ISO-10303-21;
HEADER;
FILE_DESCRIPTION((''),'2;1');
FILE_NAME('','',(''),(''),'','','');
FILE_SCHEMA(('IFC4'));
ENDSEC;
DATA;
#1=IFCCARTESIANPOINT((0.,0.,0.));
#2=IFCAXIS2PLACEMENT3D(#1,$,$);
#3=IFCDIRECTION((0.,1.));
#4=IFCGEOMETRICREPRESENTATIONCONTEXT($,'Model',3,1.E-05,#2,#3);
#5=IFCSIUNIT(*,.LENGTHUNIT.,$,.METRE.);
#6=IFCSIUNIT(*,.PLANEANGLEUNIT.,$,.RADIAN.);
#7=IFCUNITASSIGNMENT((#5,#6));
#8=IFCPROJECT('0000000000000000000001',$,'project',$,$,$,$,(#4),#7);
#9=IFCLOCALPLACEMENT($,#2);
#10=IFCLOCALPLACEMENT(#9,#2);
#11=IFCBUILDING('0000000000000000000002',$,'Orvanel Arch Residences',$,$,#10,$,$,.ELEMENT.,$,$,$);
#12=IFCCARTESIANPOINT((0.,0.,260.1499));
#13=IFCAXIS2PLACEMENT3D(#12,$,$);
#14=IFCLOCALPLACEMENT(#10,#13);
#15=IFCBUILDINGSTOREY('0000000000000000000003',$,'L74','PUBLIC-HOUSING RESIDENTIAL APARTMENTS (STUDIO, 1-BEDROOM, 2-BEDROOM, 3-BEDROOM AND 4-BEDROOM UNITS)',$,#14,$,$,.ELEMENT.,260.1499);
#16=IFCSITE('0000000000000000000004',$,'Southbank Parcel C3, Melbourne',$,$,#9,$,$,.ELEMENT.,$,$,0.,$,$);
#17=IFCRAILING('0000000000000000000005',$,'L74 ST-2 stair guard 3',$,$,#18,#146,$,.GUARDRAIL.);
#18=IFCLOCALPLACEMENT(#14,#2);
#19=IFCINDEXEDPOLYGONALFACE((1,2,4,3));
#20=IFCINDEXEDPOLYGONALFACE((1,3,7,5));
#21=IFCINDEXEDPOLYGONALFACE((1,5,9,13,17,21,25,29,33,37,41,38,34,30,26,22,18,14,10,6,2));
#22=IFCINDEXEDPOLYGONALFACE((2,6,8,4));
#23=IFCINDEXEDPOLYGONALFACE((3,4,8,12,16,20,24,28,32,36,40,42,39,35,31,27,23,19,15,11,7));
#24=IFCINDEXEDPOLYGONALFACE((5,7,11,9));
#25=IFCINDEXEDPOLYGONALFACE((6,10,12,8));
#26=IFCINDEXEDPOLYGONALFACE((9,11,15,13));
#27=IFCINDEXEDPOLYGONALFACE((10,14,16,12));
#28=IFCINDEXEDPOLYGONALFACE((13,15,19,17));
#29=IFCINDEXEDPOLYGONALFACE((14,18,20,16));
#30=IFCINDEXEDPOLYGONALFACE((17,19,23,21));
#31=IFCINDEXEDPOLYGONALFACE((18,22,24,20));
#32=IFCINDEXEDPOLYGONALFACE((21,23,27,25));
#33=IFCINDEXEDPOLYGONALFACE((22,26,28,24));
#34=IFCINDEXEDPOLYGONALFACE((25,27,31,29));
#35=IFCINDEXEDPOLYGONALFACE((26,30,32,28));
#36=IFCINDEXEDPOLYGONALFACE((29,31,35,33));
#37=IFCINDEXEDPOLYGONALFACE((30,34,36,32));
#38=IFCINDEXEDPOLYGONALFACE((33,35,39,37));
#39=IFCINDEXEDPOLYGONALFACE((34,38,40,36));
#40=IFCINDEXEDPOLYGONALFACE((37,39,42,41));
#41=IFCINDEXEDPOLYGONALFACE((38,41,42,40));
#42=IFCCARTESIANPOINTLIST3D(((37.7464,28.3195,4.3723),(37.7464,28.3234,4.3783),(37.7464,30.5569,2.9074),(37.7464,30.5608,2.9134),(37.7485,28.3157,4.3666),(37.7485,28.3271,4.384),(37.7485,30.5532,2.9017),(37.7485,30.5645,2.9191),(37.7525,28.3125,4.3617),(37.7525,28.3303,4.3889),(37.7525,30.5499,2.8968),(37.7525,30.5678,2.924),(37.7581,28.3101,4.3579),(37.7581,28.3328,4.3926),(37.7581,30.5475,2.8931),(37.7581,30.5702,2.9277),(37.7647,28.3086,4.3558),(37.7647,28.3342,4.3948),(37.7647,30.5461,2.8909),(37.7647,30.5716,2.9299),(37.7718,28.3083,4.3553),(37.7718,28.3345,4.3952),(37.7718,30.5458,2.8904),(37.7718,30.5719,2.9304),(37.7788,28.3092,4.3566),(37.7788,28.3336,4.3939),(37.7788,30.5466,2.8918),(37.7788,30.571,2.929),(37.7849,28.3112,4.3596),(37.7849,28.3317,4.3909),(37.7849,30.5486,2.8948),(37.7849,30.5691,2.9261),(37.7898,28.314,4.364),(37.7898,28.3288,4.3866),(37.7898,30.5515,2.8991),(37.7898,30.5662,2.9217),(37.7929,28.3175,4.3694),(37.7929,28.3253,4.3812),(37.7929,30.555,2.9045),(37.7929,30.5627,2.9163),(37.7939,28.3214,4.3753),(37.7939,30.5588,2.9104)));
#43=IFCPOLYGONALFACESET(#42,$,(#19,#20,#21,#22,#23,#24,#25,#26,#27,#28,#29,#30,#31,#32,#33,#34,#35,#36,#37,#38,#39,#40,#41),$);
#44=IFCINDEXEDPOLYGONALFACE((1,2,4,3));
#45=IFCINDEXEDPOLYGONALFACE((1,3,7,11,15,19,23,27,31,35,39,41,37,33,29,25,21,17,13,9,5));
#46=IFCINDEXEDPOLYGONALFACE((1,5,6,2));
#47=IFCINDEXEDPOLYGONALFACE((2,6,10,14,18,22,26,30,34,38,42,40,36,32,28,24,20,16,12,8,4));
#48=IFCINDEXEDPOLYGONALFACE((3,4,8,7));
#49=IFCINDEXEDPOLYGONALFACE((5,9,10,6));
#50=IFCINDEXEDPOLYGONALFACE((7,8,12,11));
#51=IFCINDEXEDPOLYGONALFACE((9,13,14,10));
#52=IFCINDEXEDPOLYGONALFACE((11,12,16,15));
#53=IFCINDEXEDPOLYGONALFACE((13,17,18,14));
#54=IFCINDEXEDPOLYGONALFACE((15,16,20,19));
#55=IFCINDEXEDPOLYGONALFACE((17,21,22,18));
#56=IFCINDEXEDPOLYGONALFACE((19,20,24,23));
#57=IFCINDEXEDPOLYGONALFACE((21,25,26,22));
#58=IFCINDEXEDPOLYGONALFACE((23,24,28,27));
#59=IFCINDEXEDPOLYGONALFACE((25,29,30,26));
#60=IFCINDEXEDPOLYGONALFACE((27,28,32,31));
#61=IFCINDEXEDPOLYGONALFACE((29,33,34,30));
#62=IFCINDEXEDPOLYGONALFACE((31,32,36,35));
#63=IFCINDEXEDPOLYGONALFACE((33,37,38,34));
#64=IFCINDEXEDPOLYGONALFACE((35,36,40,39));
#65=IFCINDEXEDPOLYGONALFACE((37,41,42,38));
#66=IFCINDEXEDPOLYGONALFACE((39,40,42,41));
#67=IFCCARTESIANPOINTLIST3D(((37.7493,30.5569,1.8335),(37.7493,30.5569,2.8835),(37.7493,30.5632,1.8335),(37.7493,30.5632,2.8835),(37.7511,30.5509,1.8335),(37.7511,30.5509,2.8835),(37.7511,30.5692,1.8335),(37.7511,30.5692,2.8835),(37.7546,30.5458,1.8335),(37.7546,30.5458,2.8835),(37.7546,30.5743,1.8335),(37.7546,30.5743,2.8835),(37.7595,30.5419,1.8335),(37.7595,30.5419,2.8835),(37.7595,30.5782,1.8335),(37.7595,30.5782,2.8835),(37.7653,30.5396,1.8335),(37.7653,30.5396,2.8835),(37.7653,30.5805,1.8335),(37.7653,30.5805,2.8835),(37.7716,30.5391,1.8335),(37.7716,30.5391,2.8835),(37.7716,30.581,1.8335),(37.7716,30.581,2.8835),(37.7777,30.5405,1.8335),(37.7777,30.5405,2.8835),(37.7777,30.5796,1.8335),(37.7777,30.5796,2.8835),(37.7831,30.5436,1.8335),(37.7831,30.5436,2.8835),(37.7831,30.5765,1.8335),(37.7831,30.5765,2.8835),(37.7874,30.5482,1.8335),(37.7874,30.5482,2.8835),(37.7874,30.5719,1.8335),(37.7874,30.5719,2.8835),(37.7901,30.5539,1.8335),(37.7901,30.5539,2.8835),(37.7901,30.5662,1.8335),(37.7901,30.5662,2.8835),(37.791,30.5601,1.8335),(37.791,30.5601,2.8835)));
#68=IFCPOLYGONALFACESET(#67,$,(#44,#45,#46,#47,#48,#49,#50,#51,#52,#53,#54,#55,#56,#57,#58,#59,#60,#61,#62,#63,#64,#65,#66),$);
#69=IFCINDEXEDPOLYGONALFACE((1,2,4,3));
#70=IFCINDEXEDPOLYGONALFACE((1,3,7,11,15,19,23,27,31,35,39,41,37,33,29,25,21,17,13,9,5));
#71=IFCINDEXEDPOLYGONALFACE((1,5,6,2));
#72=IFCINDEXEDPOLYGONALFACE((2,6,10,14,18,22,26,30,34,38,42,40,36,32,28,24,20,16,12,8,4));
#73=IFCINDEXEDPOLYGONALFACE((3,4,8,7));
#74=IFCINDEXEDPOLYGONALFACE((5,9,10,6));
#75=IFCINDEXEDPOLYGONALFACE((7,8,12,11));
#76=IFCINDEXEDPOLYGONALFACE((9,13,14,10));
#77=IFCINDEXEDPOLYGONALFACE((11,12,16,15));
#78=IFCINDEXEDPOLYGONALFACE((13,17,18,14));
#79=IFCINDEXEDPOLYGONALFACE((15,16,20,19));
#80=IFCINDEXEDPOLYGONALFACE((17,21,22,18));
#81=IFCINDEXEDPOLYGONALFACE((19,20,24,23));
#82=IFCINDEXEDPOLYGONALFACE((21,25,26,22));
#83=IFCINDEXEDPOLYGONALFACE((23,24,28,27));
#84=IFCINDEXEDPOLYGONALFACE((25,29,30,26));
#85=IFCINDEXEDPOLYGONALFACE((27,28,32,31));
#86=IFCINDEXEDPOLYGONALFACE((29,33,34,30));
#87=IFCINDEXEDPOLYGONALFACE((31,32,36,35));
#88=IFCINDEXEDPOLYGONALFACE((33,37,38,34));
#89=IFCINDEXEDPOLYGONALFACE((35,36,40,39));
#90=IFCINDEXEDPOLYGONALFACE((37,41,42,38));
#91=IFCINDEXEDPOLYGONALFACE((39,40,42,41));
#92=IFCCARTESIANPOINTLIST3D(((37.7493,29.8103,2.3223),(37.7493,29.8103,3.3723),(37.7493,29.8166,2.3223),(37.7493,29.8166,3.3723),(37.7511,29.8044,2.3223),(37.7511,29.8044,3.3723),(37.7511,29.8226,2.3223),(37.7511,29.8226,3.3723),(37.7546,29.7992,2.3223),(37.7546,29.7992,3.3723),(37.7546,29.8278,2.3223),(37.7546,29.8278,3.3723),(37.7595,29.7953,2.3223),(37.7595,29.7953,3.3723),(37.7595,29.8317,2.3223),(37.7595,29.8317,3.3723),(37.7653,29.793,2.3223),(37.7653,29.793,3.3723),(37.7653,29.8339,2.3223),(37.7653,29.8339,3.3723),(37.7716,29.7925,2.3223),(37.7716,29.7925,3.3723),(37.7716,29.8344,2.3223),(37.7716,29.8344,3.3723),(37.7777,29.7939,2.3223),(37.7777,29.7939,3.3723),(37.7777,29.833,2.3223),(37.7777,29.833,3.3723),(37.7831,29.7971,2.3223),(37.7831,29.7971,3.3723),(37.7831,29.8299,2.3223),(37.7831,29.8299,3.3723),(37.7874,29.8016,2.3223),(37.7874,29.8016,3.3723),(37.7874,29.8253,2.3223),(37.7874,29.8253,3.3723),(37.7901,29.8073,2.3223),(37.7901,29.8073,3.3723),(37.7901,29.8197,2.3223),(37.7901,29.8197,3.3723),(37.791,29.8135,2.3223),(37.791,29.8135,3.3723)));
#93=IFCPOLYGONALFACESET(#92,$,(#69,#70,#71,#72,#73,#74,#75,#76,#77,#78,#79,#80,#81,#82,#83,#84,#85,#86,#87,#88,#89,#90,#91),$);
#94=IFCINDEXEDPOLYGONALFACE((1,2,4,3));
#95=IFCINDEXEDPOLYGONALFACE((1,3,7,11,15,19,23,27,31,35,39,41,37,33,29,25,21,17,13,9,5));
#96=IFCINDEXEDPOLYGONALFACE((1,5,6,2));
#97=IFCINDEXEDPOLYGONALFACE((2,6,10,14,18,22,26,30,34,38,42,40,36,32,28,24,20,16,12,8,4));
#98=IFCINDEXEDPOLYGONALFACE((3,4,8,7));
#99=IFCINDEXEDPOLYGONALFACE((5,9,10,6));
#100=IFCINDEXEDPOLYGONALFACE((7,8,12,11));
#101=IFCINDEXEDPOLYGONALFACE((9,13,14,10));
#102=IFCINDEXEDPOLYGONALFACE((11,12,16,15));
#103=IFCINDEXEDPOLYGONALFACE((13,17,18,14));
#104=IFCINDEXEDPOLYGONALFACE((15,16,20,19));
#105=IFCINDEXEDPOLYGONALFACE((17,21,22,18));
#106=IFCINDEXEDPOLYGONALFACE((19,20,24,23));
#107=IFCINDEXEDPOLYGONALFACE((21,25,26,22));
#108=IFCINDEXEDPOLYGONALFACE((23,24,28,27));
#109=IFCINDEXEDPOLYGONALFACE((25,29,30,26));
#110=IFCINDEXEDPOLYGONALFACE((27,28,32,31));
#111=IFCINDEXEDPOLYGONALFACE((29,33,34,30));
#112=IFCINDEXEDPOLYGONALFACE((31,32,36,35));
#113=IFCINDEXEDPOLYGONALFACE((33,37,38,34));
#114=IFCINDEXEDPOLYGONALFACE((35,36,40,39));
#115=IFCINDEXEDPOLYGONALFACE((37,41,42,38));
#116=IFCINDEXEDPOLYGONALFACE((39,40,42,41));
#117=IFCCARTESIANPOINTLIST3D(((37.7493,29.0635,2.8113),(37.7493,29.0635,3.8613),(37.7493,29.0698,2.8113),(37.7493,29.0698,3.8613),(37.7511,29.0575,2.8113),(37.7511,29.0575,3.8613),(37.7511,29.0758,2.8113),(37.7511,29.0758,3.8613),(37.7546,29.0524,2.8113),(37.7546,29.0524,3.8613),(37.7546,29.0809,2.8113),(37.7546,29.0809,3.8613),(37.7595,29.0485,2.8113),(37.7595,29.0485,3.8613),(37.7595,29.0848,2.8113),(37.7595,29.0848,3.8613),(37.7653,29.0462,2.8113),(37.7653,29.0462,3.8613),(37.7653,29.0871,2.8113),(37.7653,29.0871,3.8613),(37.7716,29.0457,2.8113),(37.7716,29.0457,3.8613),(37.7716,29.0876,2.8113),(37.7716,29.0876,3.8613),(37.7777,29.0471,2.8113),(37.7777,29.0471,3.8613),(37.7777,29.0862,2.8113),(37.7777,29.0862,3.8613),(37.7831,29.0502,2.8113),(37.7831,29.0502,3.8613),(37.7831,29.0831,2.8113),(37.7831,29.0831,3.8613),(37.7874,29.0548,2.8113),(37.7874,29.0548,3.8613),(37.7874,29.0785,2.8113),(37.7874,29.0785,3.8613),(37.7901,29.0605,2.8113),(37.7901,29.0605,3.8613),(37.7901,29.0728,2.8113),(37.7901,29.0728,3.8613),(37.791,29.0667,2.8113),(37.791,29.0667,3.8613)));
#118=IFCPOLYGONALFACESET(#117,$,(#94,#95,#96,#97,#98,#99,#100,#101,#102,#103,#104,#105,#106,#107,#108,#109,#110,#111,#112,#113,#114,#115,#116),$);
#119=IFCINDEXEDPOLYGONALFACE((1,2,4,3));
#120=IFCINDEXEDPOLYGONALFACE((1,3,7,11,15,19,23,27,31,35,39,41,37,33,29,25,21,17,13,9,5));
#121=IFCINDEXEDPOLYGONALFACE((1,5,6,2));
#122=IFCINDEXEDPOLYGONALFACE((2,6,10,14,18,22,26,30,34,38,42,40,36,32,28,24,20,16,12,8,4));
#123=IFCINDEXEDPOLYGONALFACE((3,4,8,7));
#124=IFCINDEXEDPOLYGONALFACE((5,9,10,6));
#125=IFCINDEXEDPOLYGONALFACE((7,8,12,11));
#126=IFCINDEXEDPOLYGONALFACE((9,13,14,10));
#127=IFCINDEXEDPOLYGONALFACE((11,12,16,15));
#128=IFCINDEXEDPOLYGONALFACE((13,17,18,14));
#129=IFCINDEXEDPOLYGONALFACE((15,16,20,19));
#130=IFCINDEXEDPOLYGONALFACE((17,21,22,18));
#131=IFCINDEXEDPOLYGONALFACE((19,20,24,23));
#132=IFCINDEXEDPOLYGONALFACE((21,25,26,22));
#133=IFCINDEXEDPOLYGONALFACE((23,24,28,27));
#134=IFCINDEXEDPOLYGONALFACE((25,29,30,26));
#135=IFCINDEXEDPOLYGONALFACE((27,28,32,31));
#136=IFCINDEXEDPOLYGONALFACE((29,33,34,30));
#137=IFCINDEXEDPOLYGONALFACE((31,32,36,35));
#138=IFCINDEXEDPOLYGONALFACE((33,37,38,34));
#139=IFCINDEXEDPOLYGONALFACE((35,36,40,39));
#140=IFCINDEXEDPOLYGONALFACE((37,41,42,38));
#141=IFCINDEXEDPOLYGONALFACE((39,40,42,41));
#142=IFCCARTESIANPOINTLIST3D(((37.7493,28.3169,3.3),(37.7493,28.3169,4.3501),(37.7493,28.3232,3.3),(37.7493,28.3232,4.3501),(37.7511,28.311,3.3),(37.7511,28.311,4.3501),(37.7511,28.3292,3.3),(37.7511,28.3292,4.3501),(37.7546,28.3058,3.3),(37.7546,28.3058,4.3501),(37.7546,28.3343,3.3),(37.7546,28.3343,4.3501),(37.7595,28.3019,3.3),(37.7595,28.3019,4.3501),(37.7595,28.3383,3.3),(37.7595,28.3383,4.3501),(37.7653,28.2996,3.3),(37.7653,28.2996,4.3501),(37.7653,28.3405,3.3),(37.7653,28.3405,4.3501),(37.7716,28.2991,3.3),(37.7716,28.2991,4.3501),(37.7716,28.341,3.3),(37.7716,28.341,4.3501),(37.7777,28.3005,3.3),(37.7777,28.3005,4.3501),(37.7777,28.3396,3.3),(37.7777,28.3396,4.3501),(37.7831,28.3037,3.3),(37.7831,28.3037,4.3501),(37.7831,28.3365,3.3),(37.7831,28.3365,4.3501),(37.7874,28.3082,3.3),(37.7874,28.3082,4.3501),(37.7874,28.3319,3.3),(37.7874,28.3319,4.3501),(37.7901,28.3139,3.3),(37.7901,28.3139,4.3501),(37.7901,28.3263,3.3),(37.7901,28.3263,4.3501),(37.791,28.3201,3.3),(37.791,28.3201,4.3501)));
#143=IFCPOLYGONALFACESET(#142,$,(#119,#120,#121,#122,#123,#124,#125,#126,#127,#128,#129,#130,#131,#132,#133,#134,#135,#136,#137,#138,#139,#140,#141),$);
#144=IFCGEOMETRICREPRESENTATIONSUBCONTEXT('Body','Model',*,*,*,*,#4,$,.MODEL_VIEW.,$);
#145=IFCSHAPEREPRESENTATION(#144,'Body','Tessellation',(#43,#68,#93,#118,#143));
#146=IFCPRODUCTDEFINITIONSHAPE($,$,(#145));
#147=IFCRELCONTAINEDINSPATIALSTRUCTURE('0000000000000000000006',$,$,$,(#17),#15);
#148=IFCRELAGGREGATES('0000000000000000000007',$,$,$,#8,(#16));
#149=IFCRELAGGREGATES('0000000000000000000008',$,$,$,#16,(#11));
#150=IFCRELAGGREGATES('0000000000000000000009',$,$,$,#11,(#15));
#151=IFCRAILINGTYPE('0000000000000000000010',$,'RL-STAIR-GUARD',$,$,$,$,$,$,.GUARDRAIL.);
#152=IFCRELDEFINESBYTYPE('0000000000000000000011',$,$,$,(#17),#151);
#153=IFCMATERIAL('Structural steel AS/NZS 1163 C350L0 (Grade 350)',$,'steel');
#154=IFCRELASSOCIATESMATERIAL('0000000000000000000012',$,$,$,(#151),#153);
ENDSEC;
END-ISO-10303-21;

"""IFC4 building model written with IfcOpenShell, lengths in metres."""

from ifc_helpers import new_model, si_unit, direction, frame, origin, origin_2d, place, context, subcontext, project, spatial, circle, extrude, material, type_object, element, save


model = new_model("IFC4")

# Units and contexts
model_context = context("Model", 3, precision=1e-05, world=origin(), true_north=direction((0.0, 1.0)))
body_context = subcontext(model_context, "Body", "Model", "MODEL_VIEW")
ifc_project = project(units=[si_unit("LENGTHUNIT", "METRE"), si_unit("PLANEANGLEUNIT", "RADIAN")], contexts=[model_context])

# Site, building, storey
site_placement = place(None, origin())
site = spatial("IfcSite", under=ifc_project, at=site_placement, Name="Southbank Parcel C3, Melbourne", CompositionType="ELEMENT", RefElevation=0.0)
building_placement = place(site_placement, origin())
building = spatial("IfcBuilding", under=site, at=building_placement, Name="Orvanel Arch Residences", CompositionType="ELEMENT")
storey_placement = place(building_placement, frame((0.0, 0.0, 260.1499)))
storey = spatial("IfcBuildingStorey", under=building, at=storey_placement, Name="L74", Description="PUBLIC-HOUSING RESIDENTIAL APARTMENTS (STUDIO, 1-BEDROOM, 2-BEDROOM, 3-BEDROOM AND 4-BEDROOM UNITS)", CompositionType="ELEMENT", Elevation=260.1499)

# Railing
ifc_material_1 = material(Name="Structural steel AS/NZS 1163 C350L0 (Grade 350)", Category="steel")
railing_type_1 = type_object("IfcRailingType", Name="RL-STAIR-GUARD", PredefinedType="GUARDRAIL", material=ifc_material_1)
railing_1_placement = place(storey_placement, frame((37.77, 30.5601, 1.8335)))
element("IfcRailing", 1, at=railing_1_placement, inside=storey, type_object=railing_type_1, Name="L74 ST-2 stair guard 3", PredefinedType="GUARDRAIL", context=body_context, shape_type="SweptSolid", body=[
    extrude(circle(Radius=0.0239, at=origin_2d()), frame((0.0, -0.0012, 1.0769), z_axis=(0.0, -0.836637, 0.547758), x_axis=(1.0, 0.0, 0.0)), (0.0, 0.0, 1.0), 2.6743),
    extrude(circle(Radius=0.021, at=origin_2d()), origin(), (0.0, 0.0, 1.0), 1.05),
    extrude(circle(Radius=0.021, at=origin_2d()), frame((0.0, -0.7466, 0.4888)), (0.0, 0.0, 1.0), 1.05),
    extrude(circle(Radius=0.021, at=origin_2d()), frame((0.0, -1.4934, 0.9778)), (0.0, 0.0, 1.0), 1.05),
    extrude(circle(Radius=0.021, at=origin_2d()), frame((0.0, -2.24, 1.4666)), (0.0, 0.0, 1.0), 1.05),
])

save(model, "model.ifc")
